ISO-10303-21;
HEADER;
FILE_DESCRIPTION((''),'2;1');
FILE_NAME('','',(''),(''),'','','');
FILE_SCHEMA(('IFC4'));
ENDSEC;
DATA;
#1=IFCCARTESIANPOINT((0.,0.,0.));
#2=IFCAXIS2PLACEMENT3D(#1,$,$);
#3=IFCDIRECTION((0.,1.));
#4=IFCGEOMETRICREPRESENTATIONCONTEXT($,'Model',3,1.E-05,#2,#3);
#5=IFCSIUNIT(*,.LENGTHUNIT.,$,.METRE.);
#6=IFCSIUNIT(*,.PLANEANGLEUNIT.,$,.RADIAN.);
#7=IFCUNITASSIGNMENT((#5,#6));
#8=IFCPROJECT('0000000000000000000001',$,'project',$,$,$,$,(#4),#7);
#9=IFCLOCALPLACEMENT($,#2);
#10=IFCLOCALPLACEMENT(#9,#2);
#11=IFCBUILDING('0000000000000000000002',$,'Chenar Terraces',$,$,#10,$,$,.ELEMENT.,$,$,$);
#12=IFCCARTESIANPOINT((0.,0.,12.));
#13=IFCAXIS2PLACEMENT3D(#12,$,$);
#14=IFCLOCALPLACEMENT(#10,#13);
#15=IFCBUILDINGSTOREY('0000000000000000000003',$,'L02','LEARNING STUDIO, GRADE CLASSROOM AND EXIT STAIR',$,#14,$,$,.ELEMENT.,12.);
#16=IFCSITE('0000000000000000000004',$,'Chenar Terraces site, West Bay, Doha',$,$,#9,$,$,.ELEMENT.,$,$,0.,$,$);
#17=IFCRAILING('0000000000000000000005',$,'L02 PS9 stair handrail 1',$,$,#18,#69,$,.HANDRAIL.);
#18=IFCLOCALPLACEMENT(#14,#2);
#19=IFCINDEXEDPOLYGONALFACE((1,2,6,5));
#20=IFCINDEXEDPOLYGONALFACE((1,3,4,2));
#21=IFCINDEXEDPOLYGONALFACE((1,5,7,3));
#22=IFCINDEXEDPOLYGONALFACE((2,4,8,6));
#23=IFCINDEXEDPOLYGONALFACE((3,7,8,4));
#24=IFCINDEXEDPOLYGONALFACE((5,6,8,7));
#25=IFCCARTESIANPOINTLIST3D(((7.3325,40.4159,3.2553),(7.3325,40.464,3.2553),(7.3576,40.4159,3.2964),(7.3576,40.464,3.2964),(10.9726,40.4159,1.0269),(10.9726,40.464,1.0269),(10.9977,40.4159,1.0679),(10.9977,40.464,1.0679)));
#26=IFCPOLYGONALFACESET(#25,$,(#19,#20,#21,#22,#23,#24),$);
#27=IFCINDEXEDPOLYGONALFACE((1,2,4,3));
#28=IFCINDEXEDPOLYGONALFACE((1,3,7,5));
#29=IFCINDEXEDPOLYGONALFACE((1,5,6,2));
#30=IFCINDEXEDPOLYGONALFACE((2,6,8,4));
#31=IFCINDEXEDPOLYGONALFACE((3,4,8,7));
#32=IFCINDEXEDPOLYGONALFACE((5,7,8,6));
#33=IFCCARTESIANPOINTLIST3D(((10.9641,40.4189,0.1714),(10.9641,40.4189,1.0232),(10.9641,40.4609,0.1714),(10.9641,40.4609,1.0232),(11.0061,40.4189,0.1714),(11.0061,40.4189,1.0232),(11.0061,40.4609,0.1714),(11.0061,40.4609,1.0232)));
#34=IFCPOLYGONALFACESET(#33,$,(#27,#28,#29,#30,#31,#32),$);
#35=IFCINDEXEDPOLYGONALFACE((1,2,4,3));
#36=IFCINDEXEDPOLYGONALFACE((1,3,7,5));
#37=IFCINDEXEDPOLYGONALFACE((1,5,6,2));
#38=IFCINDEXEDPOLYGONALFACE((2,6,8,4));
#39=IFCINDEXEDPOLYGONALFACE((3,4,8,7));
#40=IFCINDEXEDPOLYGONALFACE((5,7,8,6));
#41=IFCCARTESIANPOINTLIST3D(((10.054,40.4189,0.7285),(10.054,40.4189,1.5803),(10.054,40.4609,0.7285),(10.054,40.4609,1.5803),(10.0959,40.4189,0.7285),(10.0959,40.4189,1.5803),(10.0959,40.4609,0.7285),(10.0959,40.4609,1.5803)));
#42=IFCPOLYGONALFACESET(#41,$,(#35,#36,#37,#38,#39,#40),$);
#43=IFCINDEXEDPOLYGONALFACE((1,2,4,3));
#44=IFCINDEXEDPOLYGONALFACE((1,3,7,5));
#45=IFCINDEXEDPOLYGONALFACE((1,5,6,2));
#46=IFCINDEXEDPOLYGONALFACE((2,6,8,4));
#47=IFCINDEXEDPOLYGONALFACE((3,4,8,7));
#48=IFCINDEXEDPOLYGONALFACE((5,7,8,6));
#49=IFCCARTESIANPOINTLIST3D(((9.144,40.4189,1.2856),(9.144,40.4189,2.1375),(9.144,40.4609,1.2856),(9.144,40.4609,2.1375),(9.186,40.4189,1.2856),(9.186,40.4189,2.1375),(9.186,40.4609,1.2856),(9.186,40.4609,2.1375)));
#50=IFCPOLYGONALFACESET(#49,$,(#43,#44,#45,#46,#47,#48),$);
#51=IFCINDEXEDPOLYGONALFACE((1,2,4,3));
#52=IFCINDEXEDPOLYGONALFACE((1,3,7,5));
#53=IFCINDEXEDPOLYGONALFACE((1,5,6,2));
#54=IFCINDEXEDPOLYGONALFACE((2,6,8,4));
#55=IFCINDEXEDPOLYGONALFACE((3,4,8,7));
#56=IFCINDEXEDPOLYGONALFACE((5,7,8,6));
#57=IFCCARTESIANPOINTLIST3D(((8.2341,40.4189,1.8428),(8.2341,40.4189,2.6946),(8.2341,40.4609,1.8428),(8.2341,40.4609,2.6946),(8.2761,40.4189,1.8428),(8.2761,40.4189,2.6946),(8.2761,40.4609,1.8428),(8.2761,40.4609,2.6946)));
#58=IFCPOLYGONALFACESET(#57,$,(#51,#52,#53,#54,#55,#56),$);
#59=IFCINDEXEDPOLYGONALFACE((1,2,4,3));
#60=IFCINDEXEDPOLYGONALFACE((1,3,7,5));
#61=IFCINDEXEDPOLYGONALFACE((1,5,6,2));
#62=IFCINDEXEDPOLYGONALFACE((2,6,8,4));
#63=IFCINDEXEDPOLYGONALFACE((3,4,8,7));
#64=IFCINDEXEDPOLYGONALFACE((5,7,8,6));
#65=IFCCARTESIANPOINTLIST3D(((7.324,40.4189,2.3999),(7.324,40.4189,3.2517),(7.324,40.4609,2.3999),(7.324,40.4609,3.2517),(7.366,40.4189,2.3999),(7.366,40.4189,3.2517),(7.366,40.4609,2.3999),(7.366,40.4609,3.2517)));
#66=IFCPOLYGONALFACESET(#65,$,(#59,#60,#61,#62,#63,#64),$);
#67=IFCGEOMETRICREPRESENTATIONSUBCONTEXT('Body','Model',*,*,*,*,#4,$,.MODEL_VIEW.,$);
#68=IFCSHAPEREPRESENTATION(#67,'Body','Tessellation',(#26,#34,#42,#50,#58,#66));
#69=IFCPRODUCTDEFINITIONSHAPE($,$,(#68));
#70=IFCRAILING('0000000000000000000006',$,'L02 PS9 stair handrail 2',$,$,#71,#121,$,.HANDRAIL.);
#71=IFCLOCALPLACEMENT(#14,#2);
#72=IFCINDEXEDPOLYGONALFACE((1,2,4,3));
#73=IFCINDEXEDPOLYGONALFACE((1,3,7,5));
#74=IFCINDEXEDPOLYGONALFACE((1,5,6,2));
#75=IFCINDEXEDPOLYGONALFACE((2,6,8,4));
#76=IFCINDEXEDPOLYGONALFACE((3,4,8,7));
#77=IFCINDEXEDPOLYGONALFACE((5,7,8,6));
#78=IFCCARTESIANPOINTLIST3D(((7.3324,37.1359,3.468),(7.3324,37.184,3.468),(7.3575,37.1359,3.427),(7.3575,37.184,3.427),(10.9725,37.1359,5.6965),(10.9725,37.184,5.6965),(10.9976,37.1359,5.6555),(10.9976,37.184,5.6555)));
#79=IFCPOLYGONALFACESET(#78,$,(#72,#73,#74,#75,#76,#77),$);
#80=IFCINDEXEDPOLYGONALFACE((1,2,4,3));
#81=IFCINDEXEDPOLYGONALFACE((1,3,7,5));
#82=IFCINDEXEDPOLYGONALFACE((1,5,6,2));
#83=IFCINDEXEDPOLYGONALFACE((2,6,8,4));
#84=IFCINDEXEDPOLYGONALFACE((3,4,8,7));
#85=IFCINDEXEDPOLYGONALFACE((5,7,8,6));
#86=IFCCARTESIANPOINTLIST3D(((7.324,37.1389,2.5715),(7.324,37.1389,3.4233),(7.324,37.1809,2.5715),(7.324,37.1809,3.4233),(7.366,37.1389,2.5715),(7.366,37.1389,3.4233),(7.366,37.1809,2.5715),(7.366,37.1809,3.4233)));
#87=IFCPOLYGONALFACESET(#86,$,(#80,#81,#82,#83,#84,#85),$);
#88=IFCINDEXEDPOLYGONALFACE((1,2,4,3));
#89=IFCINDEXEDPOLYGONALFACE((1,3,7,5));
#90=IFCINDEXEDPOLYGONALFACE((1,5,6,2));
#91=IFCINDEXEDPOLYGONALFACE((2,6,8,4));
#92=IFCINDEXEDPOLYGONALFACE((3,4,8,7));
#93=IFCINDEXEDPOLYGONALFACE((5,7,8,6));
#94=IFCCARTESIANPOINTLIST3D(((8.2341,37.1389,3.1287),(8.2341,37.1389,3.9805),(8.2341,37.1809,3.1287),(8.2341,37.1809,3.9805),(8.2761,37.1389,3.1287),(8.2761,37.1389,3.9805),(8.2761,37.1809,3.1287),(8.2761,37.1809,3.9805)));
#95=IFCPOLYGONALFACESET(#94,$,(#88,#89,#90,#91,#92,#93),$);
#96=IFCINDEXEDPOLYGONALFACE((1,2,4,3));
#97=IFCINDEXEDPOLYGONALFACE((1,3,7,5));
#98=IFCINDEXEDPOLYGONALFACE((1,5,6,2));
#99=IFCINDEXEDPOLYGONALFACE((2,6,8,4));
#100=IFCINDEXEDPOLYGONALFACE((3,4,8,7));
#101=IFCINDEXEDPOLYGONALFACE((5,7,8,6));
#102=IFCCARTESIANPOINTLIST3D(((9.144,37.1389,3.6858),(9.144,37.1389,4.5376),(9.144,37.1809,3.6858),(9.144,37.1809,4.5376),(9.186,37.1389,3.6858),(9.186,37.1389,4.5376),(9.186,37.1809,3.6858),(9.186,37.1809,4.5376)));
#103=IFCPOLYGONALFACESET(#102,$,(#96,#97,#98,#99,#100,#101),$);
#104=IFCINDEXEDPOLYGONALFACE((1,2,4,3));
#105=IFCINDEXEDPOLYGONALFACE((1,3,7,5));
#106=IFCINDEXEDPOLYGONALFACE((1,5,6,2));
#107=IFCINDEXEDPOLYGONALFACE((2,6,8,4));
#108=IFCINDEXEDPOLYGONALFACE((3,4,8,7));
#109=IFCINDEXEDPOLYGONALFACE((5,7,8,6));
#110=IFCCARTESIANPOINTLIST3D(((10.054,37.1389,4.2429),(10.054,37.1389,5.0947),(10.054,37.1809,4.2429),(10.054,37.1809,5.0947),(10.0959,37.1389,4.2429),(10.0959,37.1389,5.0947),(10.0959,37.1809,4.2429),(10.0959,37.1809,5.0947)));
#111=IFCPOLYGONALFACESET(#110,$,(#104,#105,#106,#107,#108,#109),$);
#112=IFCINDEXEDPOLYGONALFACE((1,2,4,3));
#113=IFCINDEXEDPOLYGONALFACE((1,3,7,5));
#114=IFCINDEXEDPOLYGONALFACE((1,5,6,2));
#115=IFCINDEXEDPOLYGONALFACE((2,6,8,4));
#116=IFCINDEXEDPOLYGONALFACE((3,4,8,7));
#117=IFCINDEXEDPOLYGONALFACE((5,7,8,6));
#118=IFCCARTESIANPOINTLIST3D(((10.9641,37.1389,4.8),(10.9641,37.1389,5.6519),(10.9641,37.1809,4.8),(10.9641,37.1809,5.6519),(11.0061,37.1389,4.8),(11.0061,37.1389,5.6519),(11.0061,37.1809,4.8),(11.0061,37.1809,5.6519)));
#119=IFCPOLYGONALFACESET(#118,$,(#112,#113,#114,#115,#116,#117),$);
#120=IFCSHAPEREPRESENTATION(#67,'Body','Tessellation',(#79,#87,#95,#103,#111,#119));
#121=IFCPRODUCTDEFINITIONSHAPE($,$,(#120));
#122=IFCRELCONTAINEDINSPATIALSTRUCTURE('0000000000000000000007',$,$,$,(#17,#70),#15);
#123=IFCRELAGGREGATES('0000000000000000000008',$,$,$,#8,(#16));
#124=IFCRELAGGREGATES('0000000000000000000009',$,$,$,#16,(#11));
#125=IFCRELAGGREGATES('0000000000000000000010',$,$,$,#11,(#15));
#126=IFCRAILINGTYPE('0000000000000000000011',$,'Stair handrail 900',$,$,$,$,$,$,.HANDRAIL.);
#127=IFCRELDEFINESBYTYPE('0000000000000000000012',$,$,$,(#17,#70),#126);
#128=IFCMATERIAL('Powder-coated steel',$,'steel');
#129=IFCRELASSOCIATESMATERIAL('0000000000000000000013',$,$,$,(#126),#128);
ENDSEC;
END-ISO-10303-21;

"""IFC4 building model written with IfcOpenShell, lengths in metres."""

from ifc_helpers import new_model, si_unit, direction, frame, origin, origin_2d, place, context, subcontext, project, spatial, rectangle, extrude, material, type_object, element, save


model = new_model("IFC4")

# Units and contexts
model_context = context("Model", 3, precision=1e-05, world=origin(), true_north=direction((0.0, 1.0)))
body_context = subcontext(model_context, "Body", "Model", "MODEL_VIEW")
ifc_project = project(units=[si_unit("LENGTHUNIT", "METRE"), si_unit("PLANEANGLEUNIT", "RADIAN")], contexts=[model_context])

# Site, building, storey
site_placement = place(None, origin())
site = spatial("IfcSite", under=ifc_project, at=site_placement, Name="Chenar Terraces site, West Bay, Doha", CompositionType="ELEMENT", RefElevation=0.0)
building_placement = place(site_placement, origin())
building = spatial("IfcBuilding", under=site, at=building_placement, Name="Chenar Terraces", CompositionType="ELEMENT")
storey_placement = place(building_placement, frame((0.0, 0.0, 12.0)))
storey = spatial("IfcBuildingStorey", under=building, at=storey_placement, Name="L02", Description="LEARNING STUDIO, GRADE CLASSROOM AND EXIT STAIR", CompositionType="ELEMENT", Elevation=12.0)

# Railings
ifc_material_1 = material(Name="Powder-coated steel", Category="steel")
railing_type_1 = type_object("IfcRailingType", Name="Stair handrail 900", PredefinedType="HANDRAIL", material=ifc_material_1)
railing_1_placement = place(storey_placement, frame((10.9851, 40.4399, 0.1714)))
element("IfcRailing", 1, at=railing_1_placement, inside=storey, type_object=railing_type_1, Name="L02 PS9 stair handrail 1", PredefinedType="HANDRAIL", context=body_context, shape_type="SweptSolid", body=[
    extrude(rectangle(XDim=0.0481, YDim=0.0481, at=origin_2d()), frame((0.0, 0.0, 0.876), z_axis=(-0.852866, 0.0, 0.52213), x_axis=(0.0, -1.0, 0.0)), (0.0, 0.0, 1.0), 4.2681),
    extrude(rectangle(XDim=0.042, YDim=0.042, at=origin_2d()), origin(), (0.0, 0.0, 1.0), 0.8518),
    extrude(rectangle(XDim=0.042, YDim=0.042, at=origin_2d()), frame((-0.9102, 0.0, 0.5571)), (0.0, 0.0, 1.0), 0.8518),
    extrude(rectangle(XDim=0.042, YDim=0.042, at=origin_2d()), frame((-1.8201, 0.0, 1.1143)), (0.0, 0.0, 1.0), 0.8518),
    extrude(rectangle(XDim=0.042, YDim=0.042, at=origin_2d()), frame((-2.73, 0.0, 1.6714)), (0.0, 0.0, 1.0), 0.8518),
    extrude(rectangle(XDim=0.042, YDim=0.042, at=origin_2d()), frame((-3.6401, 0.0, 2.2285)), (0.0, 0.0, 1.0), 0.8518),
])
railing_2_placement = place(storey_placement, frame((7.345, 37.1599, 2.5715)))
element("IfcRailing", 2, at=railing_2_placement, inside=storey, type_object=railing_type_1, Name="L02 PS9 stair handrail 2", PredefinedType="HANDRAIL", context=body_context, shape_type="SweptSolid", body=[
    extrude(rectangle(XDim=0.0481, YDim=0.0481, at=origin_2d()), frame((0.0, 0.0, 0.876), z_axis=(0.852866, 0.0, 0.52213), x_axis=(0.0, 1.0, 0.0)), (0.0, 0.0, 1.0), 4.2681),
    extrude(rectangle(XDim=0.042, YDim=0.042, at=origin_2d()), origin(), (0.0, 0.0, 1.0), 0.8518),
    extrude(rectangle(XDim=0.042, YDim=0.042, at=origin_2d()), frame((0.9102, 0.0, 0.5571)), (0.0, 0.0, 1.0), 0.8518),
    extrude(rectangle(XDim=0.042, YDim=0.042, at=origin_2d()), frame((1.8201, 0.0, 1.1143)), (0.0, 0.0, 1.0), 0.8518),
    extrude(rectangle(XDim=0.042, YDim=0.042, at=origin_2d()), frame((2.73, 0.0, 1.6714)), (0.0, 0.0, 1.0), 0.8518),
    extrude(rectangle(XDim=0.042, YDim=0.042, at=origin_2d()), frame((3.6401, 0.0, 2.2285)), (0.0, 0.0, 1.0), 0.8518),
])

save(model, "model.ifc")
